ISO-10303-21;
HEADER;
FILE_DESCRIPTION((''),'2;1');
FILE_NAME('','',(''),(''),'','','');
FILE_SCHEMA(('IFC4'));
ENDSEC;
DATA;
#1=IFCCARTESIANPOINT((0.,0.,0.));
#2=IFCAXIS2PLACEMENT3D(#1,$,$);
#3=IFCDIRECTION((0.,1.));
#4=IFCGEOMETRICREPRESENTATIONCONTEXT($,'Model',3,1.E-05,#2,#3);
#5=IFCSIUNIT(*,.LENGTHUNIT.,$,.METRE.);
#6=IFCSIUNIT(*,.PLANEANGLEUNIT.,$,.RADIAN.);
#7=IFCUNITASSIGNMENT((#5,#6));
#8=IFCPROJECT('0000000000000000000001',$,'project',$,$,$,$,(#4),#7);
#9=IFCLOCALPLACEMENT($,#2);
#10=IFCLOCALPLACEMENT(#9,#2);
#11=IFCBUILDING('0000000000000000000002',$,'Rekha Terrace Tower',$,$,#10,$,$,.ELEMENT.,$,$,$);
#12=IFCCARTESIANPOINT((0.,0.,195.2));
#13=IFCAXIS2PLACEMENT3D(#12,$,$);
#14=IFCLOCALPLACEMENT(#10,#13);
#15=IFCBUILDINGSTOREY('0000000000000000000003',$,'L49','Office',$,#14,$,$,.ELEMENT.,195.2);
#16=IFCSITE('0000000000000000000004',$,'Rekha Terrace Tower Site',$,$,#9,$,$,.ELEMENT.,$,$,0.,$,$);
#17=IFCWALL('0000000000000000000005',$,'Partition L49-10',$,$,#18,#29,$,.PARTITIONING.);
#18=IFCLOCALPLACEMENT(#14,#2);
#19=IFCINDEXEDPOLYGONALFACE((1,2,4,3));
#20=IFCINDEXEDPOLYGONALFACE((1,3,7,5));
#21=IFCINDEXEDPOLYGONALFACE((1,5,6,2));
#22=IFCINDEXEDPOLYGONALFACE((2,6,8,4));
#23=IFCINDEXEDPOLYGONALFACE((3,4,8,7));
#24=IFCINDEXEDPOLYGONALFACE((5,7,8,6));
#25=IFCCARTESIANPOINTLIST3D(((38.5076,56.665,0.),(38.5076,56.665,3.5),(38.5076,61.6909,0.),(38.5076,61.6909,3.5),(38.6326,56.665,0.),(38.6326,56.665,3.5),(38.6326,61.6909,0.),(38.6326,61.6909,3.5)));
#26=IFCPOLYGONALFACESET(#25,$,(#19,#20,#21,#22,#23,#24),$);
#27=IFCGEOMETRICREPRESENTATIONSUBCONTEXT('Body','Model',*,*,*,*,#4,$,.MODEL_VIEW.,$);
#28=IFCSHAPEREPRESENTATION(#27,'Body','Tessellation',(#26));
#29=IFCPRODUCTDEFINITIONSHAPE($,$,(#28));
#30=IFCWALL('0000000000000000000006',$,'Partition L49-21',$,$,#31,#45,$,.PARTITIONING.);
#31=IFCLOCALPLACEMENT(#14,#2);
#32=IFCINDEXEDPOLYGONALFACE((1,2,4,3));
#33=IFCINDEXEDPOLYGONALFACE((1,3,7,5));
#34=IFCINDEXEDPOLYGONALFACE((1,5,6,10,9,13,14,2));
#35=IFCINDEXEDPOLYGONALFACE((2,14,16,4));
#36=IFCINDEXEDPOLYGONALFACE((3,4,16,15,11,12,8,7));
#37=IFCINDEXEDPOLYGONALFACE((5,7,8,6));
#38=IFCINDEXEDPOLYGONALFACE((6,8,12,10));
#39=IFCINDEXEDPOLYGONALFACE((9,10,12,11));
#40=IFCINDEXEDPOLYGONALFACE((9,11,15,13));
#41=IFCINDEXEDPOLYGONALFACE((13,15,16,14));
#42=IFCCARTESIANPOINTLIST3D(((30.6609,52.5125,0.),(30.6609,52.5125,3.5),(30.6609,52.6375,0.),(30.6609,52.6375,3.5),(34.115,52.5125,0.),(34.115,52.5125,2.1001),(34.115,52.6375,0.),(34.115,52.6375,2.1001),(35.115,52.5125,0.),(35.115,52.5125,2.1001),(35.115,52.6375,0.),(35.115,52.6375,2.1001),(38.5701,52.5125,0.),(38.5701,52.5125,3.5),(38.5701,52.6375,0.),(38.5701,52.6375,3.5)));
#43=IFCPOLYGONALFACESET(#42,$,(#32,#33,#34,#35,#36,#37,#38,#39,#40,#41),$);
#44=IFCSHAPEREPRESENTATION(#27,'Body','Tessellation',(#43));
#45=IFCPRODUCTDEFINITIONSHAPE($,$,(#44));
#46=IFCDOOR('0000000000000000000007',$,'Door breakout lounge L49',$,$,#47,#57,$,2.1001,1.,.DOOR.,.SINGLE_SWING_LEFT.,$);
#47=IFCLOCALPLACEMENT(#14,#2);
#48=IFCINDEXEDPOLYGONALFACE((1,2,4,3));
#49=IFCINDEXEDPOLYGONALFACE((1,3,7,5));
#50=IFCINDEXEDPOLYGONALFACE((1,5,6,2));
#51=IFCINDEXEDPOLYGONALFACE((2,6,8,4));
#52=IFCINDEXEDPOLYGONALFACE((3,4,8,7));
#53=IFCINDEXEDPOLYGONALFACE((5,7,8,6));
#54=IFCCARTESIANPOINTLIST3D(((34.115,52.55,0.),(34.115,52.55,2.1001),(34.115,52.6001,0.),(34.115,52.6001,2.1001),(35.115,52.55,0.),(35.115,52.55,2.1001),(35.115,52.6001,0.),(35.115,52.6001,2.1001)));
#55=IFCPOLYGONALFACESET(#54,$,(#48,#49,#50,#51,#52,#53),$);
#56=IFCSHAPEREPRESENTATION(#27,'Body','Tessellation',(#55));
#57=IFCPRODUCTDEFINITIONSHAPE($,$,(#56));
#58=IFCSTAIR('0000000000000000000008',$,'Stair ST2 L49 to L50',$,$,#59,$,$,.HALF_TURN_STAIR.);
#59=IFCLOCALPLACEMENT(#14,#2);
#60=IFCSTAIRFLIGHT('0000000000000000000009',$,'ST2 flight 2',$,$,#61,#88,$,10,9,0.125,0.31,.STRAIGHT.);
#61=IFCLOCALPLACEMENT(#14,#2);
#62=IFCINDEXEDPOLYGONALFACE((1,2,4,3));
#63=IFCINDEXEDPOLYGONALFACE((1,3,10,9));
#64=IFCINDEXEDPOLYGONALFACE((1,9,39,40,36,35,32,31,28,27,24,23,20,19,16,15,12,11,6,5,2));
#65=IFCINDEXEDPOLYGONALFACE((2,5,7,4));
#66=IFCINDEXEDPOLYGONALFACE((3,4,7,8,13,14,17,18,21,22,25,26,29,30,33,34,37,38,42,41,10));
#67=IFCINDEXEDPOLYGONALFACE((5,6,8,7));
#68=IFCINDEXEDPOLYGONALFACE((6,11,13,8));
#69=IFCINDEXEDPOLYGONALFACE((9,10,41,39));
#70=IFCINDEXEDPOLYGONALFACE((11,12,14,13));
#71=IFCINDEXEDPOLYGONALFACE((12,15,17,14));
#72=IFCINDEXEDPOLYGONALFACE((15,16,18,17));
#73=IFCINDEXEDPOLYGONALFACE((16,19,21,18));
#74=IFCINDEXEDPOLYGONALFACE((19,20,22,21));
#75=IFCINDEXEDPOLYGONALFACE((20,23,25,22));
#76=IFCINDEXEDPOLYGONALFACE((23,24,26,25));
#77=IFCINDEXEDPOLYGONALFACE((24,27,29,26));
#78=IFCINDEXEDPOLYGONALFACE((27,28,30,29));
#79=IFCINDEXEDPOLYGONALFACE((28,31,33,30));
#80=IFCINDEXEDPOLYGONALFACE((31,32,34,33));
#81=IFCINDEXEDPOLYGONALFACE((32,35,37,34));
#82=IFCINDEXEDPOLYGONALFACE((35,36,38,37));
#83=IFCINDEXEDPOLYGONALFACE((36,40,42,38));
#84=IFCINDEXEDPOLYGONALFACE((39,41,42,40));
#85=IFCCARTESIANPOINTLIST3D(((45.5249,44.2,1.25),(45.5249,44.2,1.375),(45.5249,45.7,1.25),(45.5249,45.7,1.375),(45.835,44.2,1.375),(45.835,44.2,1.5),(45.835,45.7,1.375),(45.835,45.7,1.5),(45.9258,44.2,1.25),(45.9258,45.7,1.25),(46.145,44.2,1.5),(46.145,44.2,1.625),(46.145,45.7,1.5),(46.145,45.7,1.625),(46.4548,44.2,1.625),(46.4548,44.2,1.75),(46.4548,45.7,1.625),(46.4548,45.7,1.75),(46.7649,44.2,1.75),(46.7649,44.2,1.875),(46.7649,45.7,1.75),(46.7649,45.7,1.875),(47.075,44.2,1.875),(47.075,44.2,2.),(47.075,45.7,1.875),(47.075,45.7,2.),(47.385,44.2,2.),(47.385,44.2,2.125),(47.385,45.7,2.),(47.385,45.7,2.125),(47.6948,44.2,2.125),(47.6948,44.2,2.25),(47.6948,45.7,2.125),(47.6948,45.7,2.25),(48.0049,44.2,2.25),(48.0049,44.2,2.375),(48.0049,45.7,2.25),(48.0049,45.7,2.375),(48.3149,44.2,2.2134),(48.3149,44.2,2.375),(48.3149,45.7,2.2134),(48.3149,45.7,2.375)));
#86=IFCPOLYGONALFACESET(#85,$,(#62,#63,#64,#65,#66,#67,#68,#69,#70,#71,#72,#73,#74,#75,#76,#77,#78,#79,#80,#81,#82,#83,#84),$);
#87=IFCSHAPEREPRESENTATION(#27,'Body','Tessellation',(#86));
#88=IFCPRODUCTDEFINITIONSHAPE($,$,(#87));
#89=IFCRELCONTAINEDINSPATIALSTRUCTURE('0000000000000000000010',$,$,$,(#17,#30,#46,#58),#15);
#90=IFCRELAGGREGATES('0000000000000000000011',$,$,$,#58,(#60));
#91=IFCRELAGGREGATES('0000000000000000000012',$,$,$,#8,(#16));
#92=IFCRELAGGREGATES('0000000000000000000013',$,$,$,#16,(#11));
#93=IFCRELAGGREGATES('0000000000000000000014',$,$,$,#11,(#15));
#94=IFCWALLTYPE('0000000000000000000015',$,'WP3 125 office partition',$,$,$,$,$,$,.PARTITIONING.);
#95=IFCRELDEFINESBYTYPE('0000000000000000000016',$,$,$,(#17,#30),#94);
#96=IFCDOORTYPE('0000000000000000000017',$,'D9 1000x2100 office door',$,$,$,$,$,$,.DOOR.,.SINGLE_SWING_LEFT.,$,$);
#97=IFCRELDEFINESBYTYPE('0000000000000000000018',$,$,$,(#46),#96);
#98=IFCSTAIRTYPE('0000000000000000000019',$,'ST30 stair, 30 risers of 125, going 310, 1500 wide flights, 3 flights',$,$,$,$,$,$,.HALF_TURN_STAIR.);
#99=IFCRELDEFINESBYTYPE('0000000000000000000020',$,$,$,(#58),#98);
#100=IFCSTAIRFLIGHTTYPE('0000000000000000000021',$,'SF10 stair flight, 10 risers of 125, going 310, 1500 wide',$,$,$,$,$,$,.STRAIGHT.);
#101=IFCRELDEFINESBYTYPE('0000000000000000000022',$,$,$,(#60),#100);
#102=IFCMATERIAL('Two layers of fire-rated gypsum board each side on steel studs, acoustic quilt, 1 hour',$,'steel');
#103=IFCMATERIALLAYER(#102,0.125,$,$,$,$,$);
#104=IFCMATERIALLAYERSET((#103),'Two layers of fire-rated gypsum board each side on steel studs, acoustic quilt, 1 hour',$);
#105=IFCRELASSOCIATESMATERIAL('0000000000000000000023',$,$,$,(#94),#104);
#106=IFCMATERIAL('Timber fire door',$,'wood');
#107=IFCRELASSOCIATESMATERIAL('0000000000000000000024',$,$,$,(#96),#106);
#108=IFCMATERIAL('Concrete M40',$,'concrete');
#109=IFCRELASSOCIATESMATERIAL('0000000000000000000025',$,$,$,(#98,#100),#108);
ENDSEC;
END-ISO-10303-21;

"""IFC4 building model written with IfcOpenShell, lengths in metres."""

from ifc_helpers import new_model, si_unit, direction, frame, frame_2d, origin, place, context, subcontext, project, spatial, polyline, rectangle, outline, extrude, material, layer, layer_set, type_object, element, fill, aggregate, save


model = new_model("IFC4")

# Units and contexts
model_context = context("Model", 3, precision=1e-05, world=origin(), true_north=direction((0.0, 1.0)))
body_context = subcontext(model_context, "Body", "Model", "MODEL_VIEW")
ifc_project = project(units=[si_unit("LENGTHUNIT", "METRE"), si_unit("PLANEANGLEUNIT", "RADIAN")], contexts=[model_context])

# Site, building, storey
site_placement = place(None, origin())
site = spatial("IfcSite", under=ifc_project, at=site_placement, Name="Rekha Terrace Tower Site", CompositionType="ELEMENT", RefElevation=0.0)
building_placement = place(site_placement, origin())
building = spatial("IfcBuilding", under=site, at=building_placement, Name="Rekha Terrace Tower", CompositionType="ELEMENT")
storey_placement = place(building_placement, frame((0.0, 0.0, 195.2)))
storey = spatial("IfcBuildingStorey", under=building, at=storey_placement, Name="L49", Description="Office", CompositionType="ELEMENT", Elevation=195.2)

# Shared definitions
ifc_material_1 = material(Name="Two layers of fire-rated gypsum board each side on steel studs, acoustic quilt, 1 hour", Category="steel")
ifc_layer_1 = layer(ifc_material_1, 0.125)
ifc_layer_set_1 = layer_set([ifc_layer_1], Name="Two layers of fire-rated gypsum board each side on steel studs, acoustic quilt, 1 hour")
wall_type_1 = type_object("IfcWallType", Name="WP3 125 office partition", PredefinedType="PARTITIONING", material=ifc_layer_set_1)

# Shared definitions
ifc_material_2 = material(Name="Timber fire door", Category="wood")
door_type_1 = type_object("IfcDoorType", Name="D9 1000x2100 office door", OperationType="SINGLE_SWING_LEFT", PredefinedType="DOOR", material=ifc_material_2)

# Wall
wall_1_placement = place(storey_placement, frame((38.5701, 56.665, 0.0), z_axis=(0.0, 0.0, 1.0), x_axis=(0.0, 1.0, 0.0)))
element("IfcWall", 1, at=wall_1_placement, inside=storey, type_object=wall_type_1, Name="Partition L49-10", PredefinedType="PARTITIONING", context=body_context, shape_type="SweptSolid", body=[
    extrude(rectangle(XDim=5.0259, YDim=0.125, at=frame_2d((2.5129, 0.0))), origin(), (0.0, 0.0, 1.0), 3.5),
])

# Wall, opening, door
wall_2_placement = place(storey_placement, frame((38.5701, 52.575, 0.0), z_axis=(0.0, 0.0, 1.0), x_axis=(-1.0, 0.0, 0.0)))
wall_2 = element("IfcWall", 2, at=wall_2_placement, inside=storey, type_object=wall_type_1, Name="Partition L49-21", PredefinedType="PARTITIONING", context=body_context, shape_type="SweptSolid", body=[
    extrude(rectangle(XDim=7.9092, YDim=0.125, at=frame_2d((3.9546, 0.0))), origin(), (0.0, 0.0, 1.0), 3.5),
])
opening_1_placement = place(wall_2_placement, frame((3.4551, 0.0, 0.0)))
opening_1 = element("IfcOpeningElement", 3, at=opening_1_placement, cuts=wall_2, PredefinedType="OPENING", context=body_context, shape_type="SweptSolid", body=[
    extrude(rectangle(XDim=1.0, YDim=2.1001, at=frame_2d((0.5, 1.05))), frame((0.0, 0.0725, 0.0), z_axis=(0.0, -1.0, 0.0), x_axis=(1.0, 0.0, 0.0)), (0.0, 0.0, 1.0), 0.145),
])
door_1_placement = place(opening_1_placement, origin())
door_1 = element("IfcDoor", 4, at=door_1_placement, inside=storey, type_object=door_type_1, Name="Door breakout lounge L49", OperationType="SINGLE_SWING_LEFT", OverallHeight=2.1001, OverallWidth=1.0, PredefinedType="DOOR", context=body_context, shape_type="SweptSolid", body=[
    extrude(rectangle(XDim=1.0, YDim=2.1001, at=frame_2d((0.5, 1.05))), frame((0.0, 0.0249, 0.0), z_axis=(0.0, -1.0, 0.0), x_axis=(1.0, 0.0, 0.0)), (0.0, 0.0, 1.0), 0.05),
])
fill(opening_1, door_1)

# Stair, stair flight
ifc_material_3 = material(Name="Concrete M40", Category="concrete")
stair_type = type_object("IfcStairType", Name="ST30 stair, 30 risers of 125, going 310, 1500 wide flights, 3 flights", PredefinedType="HALF_TURN_STAIR", material=ifc_material_3)
stair_placement = place(storey_placement, origin())
stair = element("IfcStair", 5, at=stair_placement, inside=storey, type_object=stair_type, Name="Stair ST2 L49 to L50", PredefinedType="HALF_TURN_STAIR")
stair_flight_type = type_object("IfcStairFlightType", Name="SF10 stair flight, 10 risers of 125, going 310, 1500 wide", PredefinedType="STRAIGHT", material=ifc_material_3)
stair_flight_placement = place(storey_placement, frame((45.5249, 44.95, 1.25), z_axis=(0.0, 0.0, 1.0), x_axis=(1.0, 0.0, 0.0)))
stair_flight = element("IfcStairFlight", 6, at=stair_flight_placement, type_object=stair_flight_type, Name="ST2 flight 2", NumberOfRisers=10, NumberOfTreads=9, PredefinedType="STRAIGHT", RiserHeight=0.125, TreadLength=0.31, context=body_context, shape_type="SweptSolid", body=[
    extrude(outline(polyline([(0.0, 0.0), (0.0, 0.125), (0.3101, 0.125), (0.3101, 0.25), (0.6201, 0.25), (0.6201, 0.375), (0.9299, 0.375), (0.9299, 0.5), (1.24, 0.5), (1.24, 0.625), (1.55, 0.625), (1.55, 0.75), (1.8601, 0.75), (1.8601, 0.875), (2.1699, 0.875), (2.1699, 1.0), (2.48, 1.0), (2.48, 1.125), (2.79, 1.125), (2.79, 1.25), (2.79, 0.9634), (0.4009, 0.0), (0.0, 0.0)])), frame((0.0, 0.75, 0.0), z_axis=(0.0, -1.0, 0.0), x_axis=(1.0, 0.0, 0.0)), (0.0, 0.0, 1.0), 1.5),
])
aggregate(stair, [stair_flight])

save(model, "model.ifc")
